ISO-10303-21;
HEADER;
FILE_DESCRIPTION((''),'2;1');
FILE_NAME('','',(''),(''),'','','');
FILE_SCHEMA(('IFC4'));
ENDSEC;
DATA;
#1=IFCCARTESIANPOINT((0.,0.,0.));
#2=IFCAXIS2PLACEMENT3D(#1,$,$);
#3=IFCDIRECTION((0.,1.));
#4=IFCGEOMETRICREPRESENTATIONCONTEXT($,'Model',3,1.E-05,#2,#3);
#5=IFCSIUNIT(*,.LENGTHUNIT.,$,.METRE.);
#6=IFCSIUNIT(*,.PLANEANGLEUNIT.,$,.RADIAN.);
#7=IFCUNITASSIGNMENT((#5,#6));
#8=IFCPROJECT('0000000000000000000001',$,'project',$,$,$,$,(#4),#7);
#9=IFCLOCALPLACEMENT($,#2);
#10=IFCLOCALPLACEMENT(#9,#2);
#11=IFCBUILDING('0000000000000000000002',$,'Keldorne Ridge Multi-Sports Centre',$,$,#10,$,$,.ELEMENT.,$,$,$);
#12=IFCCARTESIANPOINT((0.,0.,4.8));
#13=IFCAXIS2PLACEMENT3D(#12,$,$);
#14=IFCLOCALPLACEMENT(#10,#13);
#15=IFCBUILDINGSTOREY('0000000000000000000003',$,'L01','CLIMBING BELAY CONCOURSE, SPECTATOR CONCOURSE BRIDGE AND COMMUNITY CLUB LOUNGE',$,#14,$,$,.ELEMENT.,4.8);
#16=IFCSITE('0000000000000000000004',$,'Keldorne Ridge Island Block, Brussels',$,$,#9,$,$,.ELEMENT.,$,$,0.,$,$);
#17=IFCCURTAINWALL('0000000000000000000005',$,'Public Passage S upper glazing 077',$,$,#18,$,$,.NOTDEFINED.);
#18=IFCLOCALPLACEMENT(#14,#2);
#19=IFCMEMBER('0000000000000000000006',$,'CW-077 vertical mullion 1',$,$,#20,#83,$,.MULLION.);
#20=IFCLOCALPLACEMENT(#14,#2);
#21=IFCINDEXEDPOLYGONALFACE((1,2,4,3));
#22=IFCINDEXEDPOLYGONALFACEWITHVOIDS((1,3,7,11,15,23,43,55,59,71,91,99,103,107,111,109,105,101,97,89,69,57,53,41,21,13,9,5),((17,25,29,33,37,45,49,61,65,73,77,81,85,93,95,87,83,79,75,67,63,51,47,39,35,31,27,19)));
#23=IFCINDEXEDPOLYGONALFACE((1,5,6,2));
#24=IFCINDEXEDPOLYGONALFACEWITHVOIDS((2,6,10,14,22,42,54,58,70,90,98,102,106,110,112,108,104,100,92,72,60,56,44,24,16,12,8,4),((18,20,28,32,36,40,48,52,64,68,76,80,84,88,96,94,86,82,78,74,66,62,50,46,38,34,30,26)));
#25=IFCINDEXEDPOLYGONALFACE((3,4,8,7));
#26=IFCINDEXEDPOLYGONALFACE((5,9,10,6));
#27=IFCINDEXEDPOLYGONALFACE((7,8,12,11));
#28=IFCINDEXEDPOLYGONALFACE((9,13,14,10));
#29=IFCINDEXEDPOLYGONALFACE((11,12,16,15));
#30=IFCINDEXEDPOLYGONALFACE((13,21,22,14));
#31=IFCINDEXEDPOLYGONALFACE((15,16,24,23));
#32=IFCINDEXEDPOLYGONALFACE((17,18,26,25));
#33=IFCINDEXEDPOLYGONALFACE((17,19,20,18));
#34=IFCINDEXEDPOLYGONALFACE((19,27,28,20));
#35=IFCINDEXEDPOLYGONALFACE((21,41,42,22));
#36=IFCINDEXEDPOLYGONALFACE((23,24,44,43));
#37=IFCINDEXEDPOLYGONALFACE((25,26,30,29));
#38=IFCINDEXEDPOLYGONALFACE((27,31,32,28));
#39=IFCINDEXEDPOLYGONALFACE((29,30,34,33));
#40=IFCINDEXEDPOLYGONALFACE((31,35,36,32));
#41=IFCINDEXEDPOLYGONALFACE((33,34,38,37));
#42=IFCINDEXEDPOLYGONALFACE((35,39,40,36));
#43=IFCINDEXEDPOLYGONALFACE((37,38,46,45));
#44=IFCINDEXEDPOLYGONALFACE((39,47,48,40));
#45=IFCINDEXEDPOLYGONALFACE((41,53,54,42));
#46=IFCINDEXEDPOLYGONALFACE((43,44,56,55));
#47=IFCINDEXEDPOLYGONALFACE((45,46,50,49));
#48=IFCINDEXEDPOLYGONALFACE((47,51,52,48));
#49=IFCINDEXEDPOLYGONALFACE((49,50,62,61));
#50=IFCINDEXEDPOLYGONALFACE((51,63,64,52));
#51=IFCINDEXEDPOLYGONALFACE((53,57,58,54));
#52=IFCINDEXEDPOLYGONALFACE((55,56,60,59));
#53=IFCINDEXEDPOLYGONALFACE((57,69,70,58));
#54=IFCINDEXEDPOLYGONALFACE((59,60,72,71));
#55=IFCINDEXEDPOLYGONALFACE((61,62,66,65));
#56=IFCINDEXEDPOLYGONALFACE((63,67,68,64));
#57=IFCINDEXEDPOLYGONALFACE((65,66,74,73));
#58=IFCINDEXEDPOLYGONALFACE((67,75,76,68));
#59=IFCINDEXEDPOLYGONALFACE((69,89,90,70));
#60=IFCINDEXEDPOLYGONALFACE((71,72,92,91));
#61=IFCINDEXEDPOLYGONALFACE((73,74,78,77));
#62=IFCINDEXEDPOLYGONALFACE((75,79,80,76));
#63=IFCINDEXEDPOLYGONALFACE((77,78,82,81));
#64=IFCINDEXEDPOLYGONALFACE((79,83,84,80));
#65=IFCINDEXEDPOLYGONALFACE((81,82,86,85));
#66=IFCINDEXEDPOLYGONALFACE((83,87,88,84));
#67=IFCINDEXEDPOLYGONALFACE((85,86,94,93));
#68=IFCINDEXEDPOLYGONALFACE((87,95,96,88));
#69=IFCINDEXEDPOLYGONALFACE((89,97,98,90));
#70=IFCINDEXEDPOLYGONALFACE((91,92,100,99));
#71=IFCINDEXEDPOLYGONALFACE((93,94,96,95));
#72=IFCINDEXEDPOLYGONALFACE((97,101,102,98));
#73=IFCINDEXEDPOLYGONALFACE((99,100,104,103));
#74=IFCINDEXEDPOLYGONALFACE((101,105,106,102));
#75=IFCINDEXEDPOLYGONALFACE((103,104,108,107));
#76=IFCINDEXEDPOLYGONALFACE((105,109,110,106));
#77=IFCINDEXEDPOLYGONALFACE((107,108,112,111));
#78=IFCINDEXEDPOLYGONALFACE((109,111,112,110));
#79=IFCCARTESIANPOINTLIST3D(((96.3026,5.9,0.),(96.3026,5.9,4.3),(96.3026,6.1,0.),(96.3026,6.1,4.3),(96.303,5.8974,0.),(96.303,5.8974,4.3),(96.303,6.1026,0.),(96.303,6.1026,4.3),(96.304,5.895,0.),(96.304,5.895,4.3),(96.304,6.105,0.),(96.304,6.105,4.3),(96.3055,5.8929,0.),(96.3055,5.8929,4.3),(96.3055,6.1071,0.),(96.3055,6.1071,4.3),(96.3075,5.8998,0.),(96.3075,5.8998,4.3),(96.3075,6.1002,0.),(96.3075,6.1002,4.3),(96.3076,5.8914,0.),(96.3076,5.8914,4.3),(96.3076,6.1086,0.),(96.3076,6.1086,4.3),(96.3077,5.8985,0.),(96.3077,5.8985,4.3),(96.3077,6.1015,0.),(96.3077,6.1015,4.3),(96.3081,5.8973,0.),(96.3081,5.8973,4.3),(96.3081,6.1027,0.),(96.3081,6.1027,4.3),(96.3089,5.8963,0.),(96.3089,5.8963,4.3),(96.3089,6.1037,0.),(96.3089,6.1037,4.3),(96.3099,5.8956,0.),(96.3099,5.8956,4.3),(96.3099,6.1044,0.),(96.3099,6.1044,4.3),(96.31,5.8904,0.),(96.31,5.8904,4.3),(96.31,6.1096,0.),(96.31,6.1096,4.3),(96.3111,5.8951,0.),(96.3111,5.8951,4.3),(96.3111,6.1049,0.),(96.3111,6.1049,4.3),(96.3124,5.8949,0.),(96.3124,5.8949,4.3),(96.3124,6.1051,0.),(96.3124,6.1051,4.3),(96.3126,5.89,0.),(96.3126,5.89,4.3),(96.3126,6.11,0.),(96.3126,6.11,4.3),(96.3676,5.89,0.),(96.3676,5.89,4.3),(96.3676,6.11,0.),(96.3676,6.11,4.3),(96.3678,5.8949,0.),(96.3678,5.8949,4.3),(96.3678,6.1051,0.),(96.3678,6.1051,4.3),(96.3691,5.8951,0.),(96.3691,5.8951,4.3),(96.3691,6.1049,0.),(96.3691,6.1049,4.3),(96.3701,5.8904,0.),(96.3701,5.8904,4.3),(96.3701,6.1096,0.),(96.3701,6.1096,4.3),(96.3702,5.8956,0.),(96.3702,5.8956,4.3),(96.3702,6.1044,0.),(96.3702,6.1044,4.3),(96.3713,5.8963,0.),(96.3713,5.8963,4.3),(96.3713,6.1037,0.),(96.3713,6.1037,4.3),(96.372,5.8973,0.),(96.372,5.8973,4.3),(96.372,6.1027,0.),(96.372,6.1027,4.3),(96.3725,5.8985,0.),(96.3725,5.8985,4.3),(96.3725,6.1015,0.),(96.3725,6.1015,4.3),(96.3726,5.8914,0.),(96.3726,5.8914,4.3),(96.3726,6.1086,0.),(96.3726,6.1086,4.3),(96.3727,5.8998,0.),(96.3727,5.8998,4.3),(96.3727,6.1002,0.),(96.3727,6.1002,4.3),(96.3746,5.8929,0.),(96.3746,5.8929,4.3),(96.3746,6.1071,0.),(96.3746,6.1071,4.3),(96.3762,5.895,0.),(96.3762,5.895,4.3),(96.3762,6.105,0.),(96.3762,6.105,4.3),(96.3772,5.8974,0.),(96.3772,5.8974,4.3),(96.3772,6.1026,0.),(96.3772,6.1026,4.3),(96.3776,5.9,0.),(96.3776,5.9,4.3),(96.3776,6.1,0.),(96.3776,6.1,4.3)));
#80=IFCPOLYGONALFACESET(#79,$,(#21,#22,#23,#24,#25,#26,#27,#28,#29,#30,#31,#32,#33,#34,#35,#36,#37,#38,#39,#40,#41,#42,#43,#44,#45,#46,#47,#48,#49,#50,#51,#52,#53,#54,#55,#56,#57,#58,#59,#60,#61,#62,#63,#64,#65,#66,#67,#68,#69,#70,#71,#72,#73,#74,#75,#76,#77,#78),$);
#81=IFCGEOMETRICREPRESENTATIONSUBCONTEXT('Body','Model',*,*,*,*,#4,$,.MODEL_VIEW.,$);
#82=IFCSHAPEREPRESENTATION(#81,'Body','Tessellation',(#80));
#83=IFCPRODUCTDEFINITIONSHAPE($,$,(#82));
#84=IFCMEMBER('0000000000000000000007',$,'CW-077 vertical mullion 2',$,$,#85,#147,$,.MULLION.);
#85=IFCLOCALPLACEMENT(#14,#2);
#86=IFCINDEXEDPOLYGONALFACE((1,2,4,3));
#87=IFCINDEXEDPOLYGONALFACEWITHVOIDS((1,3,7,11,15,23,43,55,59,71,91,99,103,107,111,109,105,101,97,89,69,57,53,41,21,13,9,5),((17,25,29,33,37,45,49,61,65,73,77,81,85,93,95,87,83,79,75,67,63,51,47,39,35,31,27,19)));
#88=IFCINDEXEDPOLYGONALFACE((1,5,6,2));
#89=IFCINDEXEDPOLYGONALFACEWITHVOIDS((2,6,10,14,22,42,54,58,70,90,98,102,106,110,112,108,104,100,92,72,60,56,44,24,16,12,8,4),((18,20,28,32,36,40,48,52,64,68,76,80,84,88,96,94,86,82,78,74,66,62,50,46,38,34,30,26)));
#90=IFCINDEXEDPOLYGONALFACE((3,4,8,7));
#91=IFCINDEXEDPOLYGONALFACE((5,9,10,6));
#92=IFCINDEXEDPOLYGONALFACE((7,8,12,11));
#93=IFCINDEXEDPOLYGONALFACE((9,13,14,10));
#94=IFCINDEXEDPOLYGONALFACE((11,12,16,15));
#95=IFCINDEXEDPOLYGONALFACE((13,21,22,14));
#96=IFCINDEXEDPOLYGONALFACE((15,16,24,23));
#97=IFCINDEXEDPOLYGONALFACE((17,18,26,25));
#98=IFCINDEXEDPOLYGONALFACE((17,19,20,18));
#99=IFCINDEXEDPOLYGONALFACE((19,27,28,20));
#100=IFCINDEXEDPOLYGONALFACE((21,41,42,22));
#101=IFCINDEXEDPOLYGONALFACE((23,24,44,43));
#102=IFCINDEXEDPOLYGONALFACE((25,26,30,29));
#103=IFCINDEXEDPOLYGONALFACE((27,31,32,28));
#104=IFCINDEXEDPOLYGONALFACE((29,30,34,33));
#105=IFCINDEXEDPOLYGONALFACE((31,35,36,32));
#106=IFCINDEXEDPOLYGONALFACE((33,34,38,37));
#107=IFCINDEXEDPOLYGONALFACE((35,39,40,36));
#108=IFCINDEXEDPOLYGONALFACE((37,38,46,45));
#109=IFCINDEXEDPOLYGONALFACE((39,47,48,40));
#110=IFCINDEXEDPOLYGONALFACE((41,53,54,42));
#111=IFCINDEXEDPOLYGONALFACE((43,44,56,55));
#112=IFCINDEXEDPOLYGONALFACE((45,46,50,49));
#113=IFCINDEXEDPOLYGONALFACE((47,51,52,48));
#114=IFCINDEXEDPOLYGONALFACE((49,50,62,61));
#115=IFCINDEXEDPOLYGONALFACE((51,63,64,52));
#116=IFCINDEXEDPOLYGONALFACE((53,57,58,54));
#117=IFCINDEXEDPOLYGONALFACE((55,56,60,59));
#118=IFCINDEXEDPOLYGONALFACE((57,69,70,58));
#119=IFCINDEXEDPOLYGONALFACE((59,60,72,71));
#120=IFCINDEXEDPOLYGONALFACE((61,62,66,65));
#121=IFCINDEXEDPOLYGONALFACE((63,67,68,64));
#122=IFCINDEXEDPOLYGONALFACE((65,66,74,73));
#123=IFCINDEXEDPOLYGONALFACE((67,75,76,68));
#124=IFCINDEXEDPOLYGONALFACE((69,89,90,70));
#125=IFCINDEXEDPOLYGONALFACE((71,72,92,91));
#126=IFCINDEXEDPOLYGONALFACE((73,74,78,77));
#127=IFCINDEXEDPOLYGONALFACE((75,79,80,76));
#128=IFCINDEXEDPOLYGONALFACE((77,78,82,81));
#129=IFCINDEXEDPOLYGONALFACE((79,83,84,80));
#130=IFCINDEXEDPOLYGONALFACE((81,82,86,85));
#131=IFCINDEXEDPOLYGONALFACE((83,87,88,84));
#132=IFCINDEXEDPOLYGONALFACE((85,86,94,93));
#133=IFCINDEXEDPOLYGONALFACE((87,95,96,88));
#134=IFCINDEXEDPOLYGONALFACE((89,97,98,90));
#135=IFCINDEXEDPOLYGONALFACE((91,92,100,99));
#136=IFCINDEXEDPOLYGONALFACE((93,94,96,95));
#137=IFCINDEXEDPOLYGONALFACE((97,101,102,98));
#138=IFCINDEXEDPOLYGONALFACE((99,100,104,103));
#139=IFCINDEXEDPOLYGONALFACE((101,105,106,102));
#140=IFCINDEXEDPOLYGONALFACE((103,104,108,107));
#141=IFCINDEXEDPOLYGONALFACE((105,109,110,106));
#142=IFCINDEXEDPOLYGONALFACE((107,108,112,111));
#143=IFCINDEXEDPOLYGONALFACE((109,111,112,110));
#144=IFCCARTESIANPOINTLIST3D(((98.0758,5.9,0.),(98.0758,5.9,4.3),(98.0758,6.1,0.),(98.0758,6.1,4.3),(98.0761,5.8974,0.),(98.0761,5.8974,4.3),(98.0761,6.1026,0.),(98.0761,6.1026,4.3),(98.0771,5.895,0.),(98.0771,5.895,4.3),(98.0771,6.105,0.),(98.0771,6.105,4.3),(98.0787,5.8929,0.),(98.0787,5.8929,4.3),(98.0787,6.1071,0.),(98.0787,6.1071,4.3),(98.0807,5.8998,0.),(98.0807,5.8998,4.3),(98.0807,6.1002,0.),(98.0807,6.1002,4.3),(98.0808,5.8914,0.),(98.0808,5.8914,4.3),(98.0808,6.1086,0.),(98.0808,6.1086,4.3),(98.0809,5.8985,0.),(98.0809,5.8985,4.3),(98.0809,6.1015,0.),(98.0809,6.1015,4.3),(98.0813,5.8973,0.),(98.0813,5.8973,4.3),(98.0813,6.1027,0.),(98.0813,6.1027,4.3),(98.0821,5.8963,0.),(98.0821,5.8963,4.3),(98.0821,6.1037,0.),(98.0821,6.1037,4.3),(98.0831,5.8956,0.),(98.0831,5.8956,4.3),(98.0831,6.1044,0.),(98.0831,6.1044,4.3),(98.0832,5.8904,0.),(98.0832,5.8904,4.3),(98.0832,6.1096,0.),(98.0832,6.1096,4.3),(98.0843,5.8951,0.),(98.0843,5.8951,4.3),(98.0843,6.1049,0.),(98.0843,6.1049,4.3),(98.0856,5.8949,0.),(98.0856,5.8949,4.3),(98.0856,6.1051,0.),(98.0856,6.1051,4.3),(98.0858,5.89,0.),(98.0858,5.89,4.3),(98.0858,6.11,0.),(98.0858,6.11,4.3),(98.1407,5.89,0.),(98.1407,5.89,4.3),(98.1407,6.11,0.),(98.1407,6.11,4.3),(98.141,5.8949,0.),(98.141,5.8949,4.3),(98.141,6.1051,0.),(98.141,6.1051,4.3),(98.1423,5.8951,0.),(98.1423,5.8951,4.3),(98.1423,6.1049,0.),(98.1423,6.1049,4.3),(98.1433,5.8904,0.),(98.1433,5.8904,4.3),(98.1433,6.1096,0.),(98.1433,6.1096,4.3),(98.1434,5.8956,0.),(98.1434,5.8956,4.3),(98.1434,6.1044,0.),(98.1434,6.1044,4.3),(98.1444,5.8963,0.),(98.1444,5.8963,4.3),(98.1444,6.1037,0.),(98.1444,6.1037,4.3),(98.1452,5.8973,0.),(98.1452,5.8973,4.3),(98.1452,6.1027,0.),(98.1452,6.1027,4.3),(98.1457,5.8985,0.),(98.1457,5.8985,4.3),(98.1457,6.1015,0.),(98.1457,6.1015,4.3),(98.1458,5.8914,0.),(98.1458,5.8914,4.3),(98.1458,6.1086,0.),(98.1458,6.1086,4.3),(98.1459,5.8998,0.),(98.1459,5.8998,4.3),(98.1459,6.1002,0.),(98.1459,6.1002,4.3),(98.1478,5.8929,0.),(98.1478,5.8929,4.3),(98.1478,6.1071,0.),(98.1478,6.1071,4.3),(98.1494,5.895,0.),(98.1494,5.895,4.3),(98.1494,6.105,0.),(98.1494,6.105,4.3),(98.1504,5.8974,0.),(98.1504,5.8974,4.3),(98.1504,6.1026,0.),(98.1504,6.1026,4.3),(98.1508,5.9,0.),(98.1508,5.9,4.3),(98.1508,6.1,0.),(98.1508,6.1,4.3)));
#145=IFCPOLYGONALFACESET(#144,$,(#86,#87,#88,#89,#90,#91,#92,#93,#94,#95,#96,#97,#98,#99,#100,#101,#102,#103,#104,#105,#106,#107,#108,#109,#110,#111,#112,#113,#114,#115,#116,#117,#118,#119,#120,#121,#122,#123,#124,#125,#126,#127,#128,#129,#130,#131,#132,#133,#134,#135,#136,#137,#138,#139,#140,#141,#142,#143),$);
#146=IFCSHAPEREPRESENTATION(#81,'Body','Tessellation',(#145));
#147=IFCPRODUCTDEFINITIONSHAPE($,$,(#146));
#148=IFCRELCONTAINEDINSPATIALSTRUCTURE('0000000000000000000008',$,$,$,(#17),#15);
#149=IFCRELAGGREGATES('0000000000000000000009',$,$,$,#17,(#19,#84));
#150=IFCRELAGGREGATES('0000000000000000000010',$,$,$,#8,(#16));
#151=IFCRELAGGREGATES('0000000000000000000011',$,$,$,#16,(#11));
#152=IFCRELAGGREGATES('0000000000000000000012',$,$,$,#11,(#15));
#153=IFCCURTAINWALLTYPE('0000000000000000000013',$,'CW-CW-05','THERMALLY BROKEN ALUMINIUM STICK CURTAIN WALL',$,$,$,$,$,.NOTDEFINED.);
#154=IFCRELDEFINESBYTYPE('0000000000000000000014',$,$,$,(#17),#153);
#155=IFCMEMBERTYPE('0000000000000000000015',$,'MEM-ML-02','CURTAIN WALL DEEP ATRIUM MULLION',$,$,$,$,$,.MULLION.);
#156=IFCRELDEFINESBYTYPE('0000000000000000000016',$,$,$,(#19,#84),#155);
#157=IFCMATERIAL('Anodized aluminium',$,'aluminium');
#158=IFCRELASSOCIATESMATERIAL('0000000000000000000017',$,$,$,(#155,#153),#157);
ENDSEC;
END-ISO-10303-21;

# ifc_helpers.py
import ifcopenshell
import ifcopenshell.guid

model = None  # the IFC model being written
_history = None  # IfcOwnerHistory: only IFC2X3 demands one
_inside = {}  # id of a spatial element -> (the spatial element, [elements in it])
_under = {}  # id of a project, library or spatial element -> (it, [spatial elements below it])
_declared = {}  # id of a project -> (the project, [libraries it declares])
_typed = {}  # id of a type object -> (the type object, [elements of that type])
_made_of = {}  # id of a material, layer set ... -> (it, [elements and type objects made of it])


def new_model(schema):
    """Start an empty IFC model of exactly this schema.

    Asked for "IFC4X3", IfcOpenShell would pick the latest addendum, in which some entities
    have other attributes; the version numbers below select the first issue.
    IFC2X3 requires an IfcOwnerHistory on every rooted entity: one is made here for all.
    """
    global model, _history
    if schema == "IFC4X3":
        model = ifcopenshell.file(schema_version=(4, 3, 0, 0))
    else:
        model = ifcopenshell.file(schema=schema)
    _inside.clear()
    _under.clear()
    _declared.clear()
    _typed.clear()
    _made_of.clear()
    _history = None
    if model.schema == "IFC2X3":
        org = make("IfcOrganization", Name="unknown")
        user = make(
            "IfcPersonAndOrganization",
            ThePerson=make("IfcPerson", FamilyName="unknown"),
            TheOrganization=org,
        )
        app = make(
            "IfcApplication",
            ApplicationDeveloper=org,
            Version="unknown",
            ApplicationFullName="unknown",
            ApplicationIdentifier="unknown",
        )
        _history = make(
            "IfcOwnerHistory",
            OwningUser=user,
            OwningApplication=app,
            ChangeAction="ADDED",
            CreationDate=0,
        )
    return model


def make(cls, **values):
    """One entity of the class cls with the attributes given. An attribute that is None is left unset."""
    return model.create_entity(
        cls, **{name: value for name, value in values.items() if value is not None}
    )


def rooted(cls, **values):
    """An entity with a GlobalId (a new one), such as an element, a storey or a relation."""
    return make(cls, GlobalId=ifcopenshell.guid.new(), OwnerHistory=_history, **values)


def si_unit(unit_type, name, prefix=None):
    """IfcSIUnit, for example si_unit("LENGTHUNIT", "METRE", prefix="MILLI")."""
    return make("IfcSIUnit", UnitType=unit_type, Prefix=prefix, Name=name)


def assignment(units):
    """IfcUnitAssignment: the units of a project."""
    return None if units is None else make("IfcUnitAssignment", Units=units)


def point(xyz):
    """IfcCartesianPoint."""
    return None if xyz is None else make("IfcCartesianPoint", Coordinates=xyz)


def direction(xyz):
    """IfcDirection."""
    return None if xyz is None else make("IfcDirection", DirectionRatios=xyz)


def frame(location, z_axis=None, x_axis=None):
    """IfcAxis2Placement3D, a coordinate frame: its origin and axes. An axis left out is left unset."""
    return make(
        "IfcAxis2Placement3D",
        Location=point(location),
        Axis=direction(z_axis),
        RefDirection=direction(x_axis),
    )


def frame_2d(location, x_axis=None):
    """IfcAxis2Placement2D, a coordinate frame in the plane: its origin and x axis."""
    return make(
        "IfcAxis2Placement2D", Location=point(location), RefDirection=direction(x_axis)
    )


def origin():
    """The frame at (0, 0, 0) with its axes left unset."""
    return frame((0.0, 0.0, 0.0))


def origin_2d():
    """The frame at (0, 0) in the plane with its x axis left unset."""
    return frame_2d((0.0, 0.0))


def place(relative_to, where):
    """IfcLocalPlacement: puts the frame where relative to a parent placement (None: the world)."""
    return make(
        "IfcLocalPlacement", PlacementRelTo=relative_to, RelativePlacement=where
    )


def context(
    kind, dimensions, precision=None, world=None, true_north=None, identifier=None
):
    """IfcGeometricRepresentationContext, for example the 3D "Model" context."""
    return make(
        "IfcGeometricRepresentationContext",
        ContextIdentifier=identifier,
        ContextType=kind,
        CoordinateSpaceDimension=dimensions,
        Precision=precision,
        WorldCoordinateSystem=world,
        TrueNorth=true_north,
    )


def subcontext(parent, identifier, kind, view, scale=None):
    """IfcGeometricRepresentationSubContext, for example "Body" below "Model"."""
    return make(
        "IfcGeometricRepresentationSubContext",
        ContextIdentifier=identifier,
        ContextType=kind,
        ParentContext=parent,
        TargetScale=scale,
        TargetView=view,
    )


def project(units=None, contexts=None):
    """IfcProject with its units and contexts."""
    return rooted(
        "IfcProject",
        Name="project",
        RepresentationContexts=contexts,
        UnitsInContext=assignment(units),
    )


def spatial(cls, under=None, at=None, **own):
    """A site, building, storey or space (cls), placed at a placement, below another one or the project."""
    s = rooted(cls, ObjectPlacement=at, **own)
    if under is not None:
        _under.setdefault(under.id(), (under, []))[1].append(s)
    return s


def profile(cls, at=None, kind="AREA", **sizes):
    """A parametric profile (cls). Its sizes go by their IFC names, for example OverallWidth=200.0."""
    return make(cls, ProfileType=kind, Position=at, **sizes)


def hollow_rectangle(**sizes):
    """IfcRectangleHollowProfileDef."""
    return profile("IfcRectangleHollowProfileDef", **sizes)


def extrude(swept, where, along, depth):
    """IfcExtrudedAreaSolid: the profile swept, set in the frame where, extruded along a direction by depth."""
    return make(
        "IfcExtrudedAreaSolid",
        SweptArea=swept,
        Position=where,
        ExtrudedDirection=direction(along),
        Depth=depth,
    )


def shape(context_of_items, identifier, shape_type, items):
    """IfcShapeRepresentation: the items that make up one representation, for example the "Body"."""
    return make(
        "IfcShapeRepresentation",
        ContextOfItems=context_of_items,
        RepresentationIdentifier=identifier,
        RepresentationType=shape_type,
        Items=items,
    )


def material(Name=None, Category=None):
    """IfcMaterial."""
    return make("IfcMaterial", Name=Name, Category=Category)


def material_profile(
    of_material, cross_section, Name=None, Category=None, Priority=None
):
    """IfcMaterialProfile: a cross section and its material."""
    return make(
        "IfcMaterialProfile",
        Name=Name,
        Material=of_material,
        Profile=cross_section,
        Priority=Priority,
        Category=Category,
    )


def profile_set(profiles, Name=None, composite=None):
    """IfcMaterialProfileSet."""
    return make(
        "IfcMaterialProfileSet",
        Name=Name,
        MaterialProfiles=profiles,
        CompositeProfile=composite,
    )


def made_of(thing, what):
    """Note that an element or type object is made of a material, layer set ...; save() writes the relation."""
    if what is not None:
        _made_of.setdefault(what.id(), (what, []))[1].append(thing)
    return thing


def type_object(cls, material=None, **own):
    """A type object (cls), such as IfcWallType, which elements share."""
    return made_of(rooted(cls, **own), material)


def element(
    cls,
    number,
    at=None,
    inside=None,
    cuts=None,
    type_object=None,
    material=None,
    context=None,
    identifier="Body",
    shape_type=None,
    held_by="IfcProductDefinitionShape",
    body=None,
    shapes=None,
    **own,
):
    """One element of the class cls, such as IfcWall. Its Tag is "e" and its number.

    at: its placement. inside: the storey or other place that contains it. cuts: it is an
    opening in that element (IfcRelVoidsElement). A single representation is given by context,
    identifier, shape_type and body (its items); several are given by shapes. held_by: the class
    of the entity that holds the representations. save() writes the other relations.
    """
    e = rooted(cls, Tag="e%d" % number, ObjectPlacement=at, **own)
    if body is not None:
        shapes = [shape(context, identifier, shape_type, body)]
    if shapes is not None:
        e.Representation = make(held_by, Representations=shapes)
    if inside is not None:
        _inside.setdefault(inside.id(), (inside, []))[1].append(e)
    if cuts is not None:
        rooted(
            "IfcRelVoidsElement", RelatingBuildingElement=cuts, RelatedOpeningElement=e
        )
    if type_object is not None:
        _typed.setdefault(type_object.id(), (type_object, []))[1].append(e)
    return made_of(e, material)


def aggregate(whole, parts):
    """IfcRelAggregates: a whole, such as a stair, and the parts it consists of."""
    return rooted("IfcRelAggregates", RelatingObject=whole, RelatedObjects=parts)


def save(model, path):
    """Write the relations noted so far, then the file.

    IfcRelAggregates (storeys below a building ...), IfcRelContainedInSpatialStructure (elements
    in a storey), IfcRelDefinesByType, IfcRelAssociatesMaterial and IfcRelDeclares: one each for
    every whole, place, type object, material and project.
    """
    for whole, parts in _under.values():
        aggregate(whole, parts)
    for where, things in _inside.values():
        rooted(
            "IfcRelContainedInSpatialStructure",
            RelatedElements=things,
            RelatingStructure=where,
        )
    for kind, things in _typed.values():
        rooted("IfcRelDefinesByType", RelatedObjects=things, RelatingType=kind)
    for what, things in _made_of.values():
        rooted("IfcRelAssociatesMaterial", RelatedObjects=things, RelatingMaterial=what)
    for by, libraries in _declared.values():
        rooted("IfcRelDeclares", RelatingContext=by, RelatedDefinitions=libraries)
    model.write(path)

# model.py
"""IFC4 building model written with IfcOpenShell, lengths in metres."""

from ifc_helpers import new_model, si_unit, direction, frame, origin, origin_2d, place, context, subcontext, project, spatial, hollow_rectangle, extrude, material, material_profile, profile_set, type_object, element, aggregate, save


model = new_model("IFC4")

# Units and contexts
model_context = context("Model", 3, precision=1e-05, world=origin(), true_north=direction((0.0, 1.0)))
body_context = subcontext(model_context, "Body", "Model", "MODEL_VIEW")
ifc_project = project(units=[si_unit("LENGTHUNIT", "METRE"), si_unit("PLANEANGLEUNIT", "RADIAN")], contexts=[model_context])

# Site, building, storey
site_placement = place(None, origin())
site = spatial("IfcSite", under=ifc_project, at=site_placement, Name="Keldorne Ridge Island Block, Brussels", CompositionType="ELEMENT", RefElevation=0.0)
building_placement = place(site_placement, origin())
building = spatial("IfcBuilding", under=site, at=building_placement, Name="Keldorne Ridge Multi-Sports Centre", CompositionType="ELEMENT")
storey_placement = place(building_placement, frame((0.0, 0.0, 4.8)))
storey = spatial("IfcBuildingStorey", under=building, at=storey_placement, Name="L01", Description="CLIMBING BELAY CONCOURSE, SPECTATOR CONCOURSE BRIDGE AND COMMUNITY CLUB LOUNGE", CompositionType="ELEMENT", Elevation=4.8)

# Curtain wall, members
ifc_material_1 = material(Name="Anodized aluminium", Category="aluminium")
ifc_material_profile_1 = material_profile(ifc_material_1, hollow_rectangle(XDim=0.075, YDim=0.22, WallThickness=0.0049, InnerFilletRadius=0.0049, OuterFilletRadius=0.01, at=origin_2d()), Name="ALU MULLION 220x75x5")
ifc_profile_set_1 = profile_set([ifc_material_profile_1], Name="Anodized aluminium")
member_type_1 = type_object("IfcMemberType", Name="MEM-ML-02", Description="CURTAIN WALL DEEP ATRIUM MULLION", PredefinedType="MULLION", material=ifc_profile_set_1)
curtain_wall_type_1 = type_object("IfcCurtainWallType", Name="CW-CW-05", Description="THERMALLY BROKEN ALUMINIUM STICK CURTAIN WALL", PredefinedType="NOTDEFINED", material=ifc_material_1)
curtain_wall_1_placement = place(storey_placement, origin())
curtain_wall_1 = element("IfcCurtainWall", 1, at=curtain_wall_1_placement, inside=storey, type_object=curtain_wall_type_1, Name="Public Passage S upper glazing 077", PredefinedType="NOTDEFINED")
member_1_placement = place(storey_placement, frame((96.3401, 6.0, 0.0), z_axis=(0.0, 0.0, 1.0), x_axis=(1.0, 0.0, 0.0)))
member_1 = element("IfcMember", 2, at=member_1_placement, type_object=member_type_1, Name="CW-077 vertical mullion 1", PredefinedType="MULLION", context=body_context, shape_type="SweptSolid", body=[
    extrude(hollow_rectangle(XDim=0.075, YDim=0.22, WallThickness=0.0049, InnerFilletRadius=0.0049, OuterFilletRadius=0.01, at=origin_2d()), origin(), (0.0, 0.0, 1.0), 4.3),
])
member_2_placement = place(storey_placement, frame((98.1133, 6.0, 0.0), z_axis=(0.0, 0.0, 1.0), x_axis=(1.0, 0.0, 0.0)))
member_2 = element("IfcMember", 3, at=member_2_placement, type_object=member_type_1, Name="CW-077 vertical mullion 2", PredefinedType="MULLION", context=body_context, shape_type="SweptSolid", body=[
    extrude(hollow_rectangle(XDim=0.075, YDim=0.22, WallThickness=0.0049, InnerFilletRadius=0.0049, OuterFilletRadius=0.01, at=origin_2d()), origin(), (0.0, 0.0, 1.0), 4.3),
])

aggregate(curtain_wall_1, [member_1, member_2])

save(model, "model.ifc")
